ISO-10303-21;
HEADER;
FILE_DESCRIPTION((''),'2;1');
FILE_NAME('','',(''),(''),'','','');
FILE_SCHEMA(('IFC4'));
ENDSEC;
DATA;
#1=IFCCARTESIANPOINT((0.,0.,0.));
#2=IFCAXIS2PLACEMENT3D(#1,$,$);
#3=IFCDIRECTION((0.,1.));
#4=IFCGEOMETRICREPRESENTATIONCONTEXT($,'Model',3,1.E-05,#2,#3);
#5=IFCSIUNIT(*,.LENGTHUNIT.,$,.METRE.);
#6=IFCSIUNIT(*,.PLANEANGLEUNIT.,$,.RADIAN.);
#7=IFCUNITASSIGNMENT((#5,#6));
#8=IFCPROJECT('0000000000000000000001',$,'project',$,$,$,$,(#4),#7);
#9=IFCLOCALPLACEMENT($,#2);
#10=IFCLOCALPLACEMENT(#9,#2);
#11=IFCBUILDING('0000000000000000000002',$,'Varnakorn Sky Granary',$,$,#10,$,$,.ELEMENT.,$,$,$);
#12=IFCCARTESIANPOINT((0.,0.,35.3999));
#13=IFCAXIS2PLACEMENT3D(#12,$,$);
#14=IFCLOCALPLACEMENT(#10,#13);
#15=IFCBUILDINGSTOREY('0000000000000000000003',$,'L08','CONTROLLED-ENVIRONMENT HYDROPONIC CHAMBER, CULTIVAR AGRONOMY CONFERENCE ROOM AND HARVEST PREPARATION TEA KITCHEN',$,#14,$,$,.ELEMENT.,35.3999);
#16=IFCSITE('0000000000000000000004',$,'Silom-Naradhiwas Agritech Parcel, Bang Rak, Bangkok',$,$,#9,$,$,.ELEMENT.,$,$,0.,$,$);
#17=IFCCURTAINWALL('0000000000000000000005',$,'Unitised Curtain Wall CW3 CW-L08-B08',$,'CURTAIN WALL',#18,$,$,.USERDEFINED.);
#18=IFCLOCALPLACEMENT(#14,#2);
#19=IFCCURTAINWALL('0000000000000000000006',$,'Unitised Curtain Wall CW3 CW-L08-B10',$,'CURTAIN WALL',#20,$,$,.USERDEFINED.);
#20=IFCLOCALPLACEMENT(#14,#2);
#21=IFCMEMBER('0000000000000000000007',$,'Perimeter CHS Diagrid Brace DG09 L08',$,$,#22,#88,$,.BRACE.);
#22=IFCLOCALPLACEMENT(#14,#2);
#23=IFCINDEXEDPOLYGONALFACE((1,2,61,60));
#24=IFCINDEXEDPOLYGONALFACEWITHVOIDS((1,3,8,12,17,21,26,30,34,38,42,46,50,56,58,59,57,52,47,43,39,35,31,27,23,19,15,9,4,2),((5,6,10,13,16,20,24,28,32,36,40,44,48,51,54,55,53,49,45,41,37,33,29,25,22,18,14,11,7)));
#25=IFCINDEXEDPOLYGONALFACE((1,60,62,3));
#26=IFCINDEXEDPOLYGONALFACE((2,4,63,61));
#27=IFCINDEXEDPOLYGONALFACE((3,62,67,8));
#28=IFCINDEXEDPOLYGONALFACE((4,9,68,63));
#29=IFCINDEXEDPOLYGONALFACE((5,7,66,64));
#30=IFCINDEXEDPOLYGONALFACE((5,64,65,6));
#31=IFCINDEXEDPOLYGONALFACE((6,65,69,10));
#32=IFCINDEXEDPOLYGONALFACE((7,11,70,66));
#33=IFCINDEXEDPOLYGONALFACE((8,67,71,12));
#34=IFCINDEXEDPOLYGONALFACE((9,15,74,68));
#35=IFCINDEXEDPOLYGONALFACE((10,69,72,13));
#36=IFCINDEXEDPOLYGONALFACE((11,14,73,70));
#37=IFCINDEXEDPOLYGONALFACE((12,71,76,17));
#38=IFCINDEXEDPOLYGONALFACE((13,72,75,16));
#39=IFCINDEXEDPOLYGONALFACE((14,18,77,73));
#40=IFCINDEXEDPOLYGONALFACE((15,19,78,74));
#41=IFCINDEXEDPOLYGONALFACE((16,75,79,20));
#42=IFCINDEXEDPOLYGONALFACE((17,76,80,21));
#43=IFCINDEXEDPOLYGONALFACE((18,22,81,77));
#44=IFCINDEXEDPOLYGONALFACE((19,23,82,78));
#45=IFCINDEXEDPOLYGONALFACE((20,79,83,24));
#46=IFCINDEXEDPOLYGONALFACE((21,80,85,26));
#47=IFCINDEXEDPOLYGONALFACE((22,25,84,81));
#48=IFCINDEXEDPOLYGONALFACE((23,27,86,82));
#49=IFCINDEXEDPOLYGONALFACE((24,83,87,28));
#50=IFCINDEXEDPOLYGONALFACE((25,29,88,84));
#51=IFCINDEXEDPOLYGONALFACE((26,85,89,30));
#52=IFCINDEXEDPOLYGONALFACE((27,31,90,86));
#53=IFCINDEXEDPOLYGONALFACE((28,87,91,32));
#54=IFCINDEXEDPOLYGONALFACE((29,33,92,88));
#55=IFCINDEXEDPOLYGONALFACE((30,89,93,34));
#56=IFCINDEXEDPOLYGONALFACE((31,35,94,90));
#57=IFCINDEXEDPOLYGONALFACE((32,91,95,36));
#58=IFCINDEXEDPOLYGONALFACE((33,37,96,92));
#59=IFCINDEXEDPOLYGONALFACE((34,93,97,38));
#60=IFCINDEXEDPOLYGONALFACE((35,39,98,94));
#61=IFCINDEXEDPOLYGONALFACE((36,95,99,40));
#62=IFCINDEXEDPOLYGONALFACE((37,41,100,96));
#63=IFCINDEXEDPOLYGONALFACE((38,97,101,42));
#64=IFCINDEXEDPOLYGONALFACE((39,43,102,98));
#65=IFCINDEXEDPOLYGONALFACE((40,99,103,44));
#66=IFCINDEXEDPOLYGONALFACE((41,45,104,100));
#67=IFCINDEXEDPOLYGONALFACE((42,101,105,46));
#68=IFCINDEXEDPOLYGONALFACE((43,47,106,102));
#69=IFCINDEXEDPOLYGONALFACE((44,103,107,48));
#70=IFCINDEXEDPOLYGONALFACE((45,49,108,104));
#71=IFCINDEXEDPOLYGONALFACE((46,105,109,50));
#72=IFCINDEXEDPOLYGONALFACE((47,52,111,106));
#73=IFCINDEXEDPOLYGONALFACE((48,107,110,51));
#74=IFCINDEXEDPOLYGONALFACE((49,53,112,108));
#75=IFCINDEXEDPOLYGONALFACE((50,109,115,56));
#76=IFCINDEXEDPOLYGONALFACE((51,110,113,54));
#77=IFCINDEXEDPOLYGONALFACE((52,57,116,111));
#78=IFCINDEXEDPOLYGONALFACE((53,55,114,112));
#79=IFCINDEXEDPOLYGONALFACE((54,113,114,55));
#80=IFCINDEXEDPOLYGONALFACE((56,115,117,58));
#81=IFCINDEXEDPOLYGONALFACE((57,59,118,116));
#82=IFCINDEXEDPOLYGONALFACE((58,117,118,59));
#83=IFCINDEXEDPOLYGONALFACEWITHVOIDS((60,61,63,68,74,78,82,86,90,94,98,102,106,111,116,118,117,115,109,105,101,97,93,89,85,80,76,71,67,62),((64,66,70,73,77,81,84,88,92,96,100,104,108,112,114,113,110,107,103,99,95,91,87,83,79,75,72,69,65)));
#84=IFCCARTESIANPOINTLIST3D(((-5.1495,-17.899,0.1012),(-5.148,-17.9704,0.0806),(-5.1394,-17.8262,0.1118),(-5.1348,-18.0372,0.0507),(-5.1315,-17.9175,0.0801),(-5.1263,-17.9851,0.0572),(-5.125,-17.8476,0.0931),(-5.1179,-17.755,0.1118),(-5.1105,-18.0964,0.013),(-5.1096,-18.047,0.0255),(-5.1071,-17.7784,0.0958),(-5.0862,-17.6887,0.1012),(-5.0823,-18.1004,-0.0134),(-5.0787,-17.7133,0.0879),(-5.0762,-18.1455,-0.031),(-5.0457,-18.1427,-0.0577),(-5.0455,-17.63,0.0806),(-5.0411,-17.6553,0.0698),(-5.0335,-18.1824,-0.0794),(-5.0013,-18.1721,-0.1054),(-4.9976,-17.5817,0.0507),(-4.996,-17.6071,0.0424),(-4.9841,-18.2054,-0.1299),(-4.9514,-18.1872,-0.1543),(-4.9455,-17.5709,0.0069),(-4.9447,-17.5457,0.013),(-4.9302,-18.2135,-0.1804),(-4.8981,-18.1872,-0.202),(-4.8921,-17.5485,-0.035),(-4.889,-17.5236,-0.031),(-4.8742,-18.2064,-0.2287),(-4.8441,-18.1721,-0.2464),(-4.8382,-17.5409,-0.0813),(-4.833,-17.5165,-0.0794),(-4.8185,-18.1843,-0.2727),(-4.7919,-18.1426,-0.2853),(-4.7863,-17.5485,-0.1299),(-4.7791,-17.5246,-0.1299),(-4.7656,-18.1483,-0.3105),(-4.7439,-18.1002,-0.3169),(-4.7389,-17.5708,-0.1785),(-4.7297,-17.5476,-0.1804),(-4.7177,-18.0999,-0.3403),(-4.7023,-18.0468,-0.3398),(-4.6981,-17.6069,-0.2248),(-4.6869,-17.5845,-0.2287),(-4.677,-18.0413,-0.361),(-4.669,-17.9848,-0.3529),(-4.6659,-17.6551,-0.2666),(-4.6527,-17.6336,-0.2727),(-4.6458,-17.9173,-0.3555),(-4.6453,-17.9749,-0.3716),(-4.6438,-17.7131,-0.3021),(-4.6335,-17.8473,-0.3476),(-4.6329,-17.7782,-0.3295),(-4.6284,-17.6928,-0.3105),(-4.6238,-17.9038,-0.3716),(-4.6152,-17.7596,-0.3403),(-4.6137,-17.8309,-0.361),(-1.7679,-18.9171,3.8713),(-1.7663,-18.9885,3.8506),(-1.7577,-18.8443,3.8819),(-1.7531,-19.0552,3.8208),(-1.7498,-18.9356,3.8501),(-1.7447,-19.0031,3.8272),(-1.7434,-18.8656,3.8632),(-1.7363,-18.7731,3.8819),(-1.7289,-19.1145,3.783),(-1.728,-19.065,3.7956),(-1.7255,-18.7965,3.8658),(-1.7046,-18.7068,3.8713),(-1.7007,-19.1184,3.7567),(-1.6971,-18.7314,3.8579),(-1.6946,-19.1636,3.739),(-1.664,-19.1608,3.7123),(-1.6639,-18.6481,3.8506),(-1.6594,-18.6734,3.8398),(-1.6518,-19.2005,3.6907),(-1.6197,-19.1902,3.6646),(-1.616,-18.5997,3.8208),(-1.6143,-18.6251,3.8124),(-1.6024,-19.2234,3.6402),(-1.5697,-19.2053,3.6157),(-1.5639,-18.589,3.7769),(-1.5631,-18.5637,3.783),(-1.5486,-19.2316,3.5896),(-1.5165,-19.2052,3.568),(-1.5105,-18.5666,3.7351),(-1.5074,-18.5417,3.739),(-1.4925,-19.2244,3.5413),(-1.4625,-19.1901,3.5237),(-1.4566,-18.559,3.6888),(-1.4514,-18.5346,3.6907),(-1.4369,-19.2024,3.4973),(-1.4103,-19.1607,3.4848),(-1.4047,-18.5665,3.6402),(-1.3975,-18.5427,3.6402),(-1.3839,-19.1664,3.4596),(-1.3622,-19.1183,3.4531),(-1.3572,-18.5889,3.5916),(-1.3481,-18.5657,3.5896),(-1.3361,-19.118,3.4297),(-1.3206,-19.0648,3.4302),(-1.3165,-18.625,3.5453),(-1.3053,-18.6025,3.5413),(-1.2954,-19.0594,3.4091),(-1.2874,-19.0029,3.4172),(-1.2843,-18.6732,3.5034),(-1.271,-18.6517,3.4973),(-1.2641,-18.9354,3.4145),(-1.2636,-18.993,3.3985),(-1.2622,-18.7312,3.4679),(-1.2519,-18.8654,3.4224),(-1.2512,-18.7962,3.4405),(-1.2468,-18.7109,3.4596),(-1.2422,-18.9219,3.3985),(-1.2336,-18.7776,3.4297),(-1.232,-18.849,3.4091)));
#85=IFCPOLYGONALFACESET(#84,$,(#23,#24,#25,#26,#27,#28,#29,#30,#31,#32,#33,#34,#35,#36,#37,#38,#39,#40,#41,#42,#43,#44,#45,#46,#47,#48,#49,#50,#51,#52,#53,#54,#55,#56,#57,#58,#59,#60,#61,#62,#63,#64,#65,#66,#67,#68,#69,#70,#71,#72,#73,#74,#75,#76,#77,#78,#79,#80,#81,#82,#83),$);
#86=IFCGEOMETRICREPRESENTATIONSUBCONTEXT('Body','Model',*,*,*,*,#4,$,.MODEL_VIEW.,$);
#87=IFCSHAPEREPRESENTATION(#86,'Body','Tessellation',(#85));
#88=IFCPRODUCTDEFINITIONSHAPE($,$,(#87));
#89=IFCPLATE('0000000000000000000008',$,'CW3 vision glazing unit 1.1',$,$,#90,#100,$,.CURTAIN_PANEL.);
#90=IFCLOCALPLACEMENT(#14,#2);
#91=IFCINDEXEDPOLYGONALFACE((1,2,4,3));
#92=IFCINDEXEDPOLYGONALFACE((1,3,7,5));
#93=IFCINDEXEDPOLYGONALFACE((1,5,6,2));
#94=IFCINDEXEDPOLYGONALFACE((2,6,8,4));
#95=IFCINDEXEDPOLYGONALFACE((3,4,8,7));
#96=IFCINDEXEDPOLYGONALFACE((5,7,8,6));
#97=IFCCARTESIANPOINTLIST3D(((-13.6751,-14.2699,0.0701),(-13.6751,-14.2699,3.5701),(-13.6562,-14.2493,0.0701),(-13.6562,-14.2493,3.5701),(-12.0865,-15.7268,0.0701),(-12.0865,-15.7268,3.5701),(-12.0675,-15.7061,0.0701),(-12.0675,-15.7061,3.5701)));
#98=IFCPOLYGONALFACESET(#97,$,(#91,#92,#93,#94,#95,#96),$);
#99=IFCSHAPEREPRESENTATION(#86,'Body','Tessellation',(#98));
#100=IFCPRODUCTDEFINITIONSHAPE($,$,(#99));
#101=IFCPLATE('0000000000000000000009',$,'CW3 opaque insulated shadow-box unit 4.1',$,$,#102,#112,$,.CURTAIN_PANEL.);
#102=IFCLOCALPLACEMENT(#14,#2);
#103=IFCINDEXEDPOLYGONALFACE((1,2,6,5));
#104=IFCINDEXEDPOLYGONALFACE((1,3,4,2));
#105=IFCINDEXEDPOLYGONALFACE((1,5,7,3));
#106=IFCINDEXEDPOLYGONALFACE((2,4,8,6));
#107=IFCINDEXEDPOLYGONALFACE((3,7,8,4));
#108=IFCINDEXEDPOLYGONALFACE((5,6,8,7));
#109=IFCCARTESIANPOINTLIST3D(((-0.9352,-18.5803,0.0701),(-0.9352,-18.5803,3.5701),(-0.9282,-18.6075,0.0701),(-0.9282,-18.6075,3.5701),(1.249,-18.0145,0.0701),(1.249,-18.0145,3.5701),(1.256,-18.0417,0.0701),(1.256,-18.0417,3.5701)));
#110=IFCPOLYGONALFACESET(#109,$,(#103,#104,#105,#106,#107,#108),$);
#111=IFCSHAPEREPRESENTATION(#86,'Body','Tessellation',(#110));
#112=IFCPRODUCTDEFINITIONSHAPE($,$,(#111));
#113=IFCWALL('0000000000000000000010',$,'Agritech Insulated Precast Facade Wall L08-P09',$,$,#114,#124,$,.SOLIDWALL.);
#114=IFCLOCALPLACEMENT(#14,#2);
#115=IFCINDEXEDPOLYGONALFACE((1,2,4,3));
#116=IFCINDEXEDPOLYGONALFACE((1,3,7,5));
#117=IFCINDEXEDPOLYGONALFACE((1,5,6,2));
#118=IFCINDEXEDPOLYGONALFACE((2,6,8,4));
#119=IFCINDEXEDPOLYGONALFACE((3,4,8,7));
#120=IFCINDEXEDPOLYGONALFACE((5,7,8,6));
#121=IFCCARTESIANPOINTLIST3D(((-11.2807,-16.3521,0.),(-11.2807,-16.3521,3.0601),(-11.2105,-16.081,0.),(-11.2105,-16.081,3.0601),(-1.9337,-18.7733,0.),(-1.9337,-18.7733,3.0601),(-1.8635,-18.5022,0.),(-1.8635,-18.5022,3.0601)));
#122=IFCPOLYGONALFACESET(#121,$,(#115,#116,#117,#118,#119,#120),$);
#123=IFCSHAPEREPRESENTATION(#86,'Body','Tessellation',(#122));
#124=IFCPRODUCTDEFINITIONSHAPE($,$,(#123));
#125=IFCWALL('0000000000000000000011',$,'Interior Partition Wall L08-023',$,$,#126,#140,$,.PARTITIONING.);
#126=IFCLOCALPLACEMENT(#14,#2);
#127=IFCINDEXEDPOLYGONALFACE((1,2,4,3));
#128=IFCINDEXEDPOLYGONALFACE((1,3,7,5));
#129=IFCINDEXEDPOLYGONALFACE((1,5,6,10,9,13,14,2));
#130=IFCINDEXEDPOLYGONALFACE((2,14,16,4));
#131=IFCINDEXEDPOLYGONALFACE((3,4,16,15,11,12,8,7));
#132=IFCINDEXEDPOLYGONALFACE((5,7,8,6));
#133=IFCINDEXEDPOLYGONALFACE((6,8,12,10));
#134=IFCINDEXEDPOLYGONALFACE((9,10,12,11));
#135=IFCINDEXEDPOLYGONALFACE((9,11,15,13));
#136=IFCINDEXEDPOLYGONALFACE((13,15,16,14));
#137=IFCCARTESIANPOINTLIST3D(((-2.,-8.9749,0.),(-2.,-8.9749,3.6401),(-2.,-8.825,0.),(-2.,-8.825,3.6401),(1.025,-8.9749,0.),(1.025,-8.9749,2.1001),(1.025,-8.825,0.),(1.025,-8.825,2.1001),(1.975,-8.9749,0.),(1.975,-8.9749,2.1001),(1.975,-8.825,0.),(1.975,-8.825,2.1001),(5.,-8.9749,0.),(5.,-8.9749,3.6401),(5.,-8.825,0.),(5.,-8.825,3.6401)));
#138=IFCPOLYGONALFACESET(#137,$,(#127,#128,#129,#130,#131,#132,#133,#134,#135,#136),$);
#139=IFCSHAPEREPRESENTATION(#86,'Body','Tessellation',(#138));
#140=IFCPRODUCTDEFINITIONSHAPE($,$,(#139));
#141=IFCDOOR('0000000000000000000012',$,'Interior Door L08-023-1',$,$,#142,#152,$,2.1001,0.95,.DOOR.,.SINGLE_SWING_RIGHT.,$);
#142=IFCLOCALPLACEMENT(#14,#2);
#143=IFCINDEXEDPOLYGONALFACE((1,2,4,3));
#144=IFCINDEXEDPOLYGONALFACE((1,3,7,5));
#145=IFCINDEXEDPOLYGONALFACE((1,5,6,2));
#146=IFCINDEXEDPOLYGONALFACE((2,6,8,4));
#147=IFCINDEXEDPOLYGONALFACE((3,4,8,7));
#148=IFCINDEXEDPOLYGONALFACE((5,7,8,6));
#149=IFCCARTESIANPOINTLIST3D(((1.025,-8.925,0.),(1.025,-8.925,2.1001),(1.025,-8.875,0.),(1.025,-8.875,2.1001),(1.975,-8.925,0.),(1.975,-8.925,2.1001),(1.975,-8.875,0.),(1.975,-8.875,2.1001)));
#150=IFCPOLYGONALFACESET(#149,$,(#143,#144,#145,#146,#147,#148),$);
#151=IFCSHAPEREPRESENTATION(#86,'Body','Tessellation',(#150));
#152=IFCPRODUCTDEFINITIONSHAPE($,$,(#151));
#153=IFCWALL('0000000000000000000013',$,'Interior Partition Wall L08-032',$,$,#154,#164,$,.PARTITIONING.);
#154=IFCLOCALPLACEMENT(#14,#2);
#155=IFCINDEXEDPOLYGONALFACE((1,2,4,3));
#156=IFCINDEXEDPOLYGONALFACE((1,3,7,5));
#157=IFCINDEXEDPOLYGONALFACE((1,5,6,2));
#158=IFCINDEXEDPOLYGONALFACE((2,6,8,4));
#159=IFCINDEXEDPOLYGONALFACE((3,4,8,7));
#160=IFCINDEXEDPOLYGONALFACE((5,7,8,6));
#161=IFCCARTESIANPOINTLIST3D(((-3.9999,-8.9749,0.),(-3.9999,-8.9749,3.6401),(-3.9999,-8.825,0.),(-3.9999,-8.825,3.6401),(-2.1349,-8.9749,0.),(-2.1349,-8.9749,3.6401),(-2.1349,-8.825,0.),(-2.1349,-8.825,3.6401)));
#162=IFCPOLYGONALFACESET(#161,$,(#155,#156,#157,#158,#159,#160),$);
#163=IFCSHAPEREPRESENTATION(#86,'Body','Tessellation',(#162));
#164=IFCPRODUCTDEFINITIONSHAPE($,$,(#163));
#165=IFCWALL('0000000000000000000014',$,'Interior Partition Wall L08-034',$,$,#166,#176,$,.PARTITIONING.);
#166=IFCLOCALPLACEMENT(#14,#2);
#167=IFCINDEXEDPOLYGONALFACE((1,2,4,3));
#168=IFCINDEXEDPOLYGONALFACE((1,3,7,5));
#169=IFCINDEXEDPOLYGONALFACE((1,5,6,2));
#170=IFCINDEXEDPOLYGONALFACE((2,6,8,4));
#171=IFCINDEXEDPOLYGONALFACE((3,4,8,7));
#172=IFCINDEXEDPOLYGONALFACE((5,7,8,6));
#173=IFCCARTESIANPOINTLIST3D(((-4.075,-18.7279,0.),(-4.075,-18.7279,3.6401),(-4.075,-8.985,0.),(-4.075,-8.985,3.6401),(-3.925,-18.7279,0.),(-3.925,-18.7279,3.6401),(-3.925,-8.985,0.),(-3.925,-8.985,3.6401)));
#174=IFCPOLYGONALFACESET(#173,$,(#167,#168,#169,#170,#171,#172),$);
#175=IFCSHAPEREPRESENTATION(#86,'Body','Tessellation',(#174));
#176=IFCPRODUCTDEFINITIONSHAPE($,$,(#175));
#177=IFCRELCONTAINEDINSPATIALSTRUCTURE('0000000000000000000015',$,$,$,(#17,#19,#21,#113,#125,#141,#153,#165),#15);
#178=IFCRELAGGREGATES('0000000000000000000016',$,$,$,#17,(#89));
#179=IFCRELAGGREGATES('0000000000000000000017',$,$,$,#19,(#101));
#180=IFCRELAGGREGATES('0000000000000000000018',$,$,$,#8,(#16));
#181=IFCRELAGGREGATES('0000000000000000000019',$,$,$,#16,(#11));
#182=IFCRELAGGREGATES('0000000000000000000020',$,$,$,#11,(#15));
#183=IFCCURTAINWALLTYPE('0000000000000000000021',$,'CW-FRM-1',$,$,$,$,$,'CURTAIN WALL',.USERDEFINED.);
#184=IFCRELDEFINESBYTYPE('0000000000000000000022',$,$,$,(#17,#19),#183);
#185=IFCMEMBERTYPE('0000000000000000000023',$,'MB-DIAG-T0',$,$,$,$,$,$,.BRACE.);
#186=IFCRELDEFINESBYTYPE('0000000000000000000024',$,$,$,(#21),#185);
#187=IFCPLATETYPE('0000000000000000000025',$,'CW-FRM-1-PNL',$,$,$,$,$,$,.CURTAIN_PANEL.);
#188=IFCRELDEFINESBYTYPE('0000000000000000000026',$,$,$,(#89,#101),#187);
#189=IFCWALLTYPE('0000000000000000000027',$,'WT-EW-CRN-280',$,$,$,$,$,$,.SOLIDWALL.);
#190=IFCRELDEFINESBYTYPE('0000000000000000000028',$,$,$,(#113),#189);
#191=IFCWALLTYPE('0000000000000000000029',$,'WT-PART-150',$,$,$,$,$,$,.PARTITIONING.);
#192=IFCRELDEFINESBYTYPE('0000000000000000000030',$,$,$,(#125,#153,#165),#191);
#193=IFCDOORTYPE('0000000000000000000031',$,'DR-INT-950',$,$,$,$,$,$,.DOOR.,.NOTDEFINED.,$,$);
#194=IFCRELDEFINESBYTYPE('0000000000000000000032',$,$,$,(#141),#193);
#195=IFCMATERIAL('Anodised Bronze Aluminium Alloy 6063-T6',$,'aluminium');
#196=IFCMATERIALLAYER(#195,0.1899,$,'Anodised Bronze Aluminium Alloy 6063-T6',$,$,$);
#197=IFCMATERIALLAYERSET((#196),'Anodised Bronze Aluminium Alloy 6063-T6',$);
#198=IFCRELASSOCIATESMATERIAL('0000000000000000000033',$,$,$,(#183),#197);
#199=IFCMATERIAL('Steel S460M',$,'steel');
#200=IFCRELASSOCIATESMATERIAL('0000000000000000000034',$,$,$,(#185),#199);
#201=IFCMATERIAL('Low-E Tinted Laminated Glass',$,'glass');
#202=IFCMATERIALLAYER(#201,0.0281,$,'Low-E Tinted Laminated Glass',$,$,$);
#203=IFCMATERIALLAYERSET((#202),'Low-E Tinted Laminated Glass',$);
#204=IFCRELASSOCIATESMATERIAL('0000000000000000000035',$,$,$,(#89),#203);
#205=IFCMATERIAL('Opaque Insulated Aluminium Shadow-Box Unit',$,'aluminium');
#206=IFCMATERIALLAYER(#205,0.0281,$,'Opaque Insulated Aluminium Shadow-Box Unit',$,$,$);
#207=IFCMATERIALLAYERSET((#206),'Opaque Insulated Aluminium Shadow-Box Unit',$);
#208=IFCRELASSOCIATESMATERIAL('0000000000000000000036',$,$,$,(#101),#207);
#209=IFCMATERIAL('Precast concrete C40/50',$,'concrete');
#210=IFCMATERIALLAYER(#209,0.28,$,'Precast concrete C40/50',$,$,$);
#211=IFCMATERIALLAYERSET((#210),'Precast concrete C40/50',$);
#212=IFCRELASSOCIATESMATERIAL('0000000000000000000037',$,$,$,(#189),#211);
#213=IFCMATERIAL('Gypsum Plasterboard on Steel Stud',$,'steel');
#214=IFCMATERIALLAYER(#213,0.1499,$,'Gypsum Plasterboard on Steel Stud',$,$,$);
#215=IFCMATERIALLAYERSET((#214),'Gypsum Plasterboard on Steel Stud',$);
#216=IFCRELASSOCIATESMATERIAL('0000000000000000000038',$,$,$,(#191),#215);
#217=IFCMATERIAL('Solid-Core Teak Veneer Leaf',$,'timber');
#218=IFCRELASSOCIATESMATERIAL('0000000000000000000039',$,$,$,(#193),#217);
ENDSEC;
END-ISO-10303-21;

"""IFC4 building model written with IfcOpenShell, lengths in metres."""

from ifc_helpers import new_model, si_unit, direction, frame, frame_2d, origin, origin_2d, place, context, subcontext, project, spatial, rectangle, hollow_circle, extrude, source, transform, mapped, material, layer, layer_set, material_profile, profile_set, type_object, type_shapes, element, fill, aggregate, save


model = new_model("IFC4")

# Units and contexts
model_context = context("Model", 3, precision=1e-05, world=origin(), true_north=direction((0.0, 1.0)))
body_context = subcontext(model_context, "Body", "Model", "MODEL_VIEW")
ifc_project = project(units=[si_unit("LENGTHUNIT", "METRE"), si_unit("PLANEANGLEUNIT", "RADIAN")], contexts=[model_context])

# Site, building, storey
site_placement = place(None, origin())
site = spatial("IfcSite", under=ifc_project, at=site_placement, Name="Silom-Naradhiwas Agritech Parcel, Bang Rak, Bangkok", CompositionType="ELEMENT", RefElevation=0.0)
building_placement = place(site_placement, origin())
building = spatial("IfcBuilding", under=site, at=building_placement, Name="Varnakorn Sky Granary", CompositionType="ELEMENT")
storey_placement = place(building_placement, frame((0.0, 0.0, 35.3999)))
storey = spatial("IfcBuildingStorey", under=building, at=storey_placement, Name="L08", Description="CONTROLLED-ENVIRONMENT HYDROPONIC CHAMBER, CULTIVAR AGRONOMY CONFERENCE ROOM AND HARVEST PREPARATION TEA KITCHEN", CompositionType="ELEMENT", Elevation=35.3999)

# Shared definitions
ifc_material_1 = material(Name="Steel S460M", Category="steel")

# Curtain wall
ifc_material_2 = material(Name="Anodised Bronze Aluminium Alloy 6063-T6", Category="aluminium")
ifc_layer_1 = layer(ifc_material_2, 0.1899, Name="Anodised Bronze Aluminium Alloy 6063-T6")
ifc_layer_set_1 = layer_set([ifc_layer_1], Name="Anodised Bronze Aluminium Alloy 6063-T6")
curtain_wall_type = type_object("IfcCurtainWallType", Name="CW-FRM-1", ElementType="CURTAIN WALL", PredefinedType="USERDEFINED", material=ifc_layer_set_1)
curtain_wall_1_placement = place(storey_placement, origin())
curtain_wall_1 = element("IfcCurtainWall", 1, at=curtain_wall_1_placement, inside=storey, type_object=curtain_wall_type, Name="Unitised Curtain Wall CW3 CW-L08-B08", ObjectType="CURTAIN WALL", PredefinedType="USERDEFINED")

# Curtain wall
curtain_wall_2_placement = place(storey_placement, origin())
curtain_wall_2 = element("IfcCurtainWall", 2, at=curtain_wall_2_placement, inside=storey, type_object=curtain_wall_type, Name="Unitised Curtain Wall CW3 CW-L08-B10", ObjectType="CURTAIN WALL", PredefinedType="USERDEFINED")

# Member
ifc_material_profile_1 = material_profile(ifc_material_1, hollow_circle(Radius=0.3555, WallThickness=0.0249, at=origin_2d()), Name="CHS 711x25")
ifc_profile_set_1 = profile_set([ifc_material_profile_1], Name="Steel S460M")
member_type_1 = type_object("IfcMemberType", Name="MB-DIAG-T0", PredefinedType="BRACE", material=ifc_profile_set_1)
member_1_placement = place(storey_placement, frame((-4.8816, -17.865, -0.1299), z_axis=(0.654622, -0.197081, 0.729815), x_axis=(0.28828, 0.957546, 0.0)))
element("IfcMember", 3, at=member_1_placement, inside=storey, type_object=member_type_1, Name="Perimeter CHS Diagrid Brace DG09 L08", PredefinedType="BRACE", context=body_context, shape_type="SweptSolid", body=[
    extrude(hollow_circle(Radius=0.3555, WallThickness=0.0249, at=origin_2d()), origin(), (0.0, 0.0, 1.0), 5.1658),
])

# Plates
ifc_material_3 = material(Name="Low-E Tinted Laminated Glass", Category="glass")
ifc_layer_2 = layer(ifc_material_3, 0.0281, Name="Low-E Tinted Laminated Glass")
ifc_layer_set_2 = layer_set([ifc_layer_2], Name="Low-E Tinted Laminated Glass")
plate_type = type_object("IfcPlateType", Name="CW-FRM-1-PNL", PredefinedType="CURTAIN_PANEL")
shared_shape_1 = source(origin(), body_context, "Body", "SweptSolid", [
    extrude(rectangle(XDim=2.1555, YDim=0.0281, at=origin_2d()), origin(), (0.0, 0.0, 1.0), 3.5),
])
plate_1_placement = place(storey_placement, frame((-12.8713, -14.988, 0.0701), z_axis=(0.0, 0.0, 1.0), x_axis=(-0.737013, 0.675878, 0.0)))
plate_1 = element("IfcPlate", 4, at=plate_1_placement, type_object=plate_type, material=ifc_layer_set_2, Name="CW3 vision glazing unit 1.1", PredefinedType="CURTAIN_PANEL", context=body_context, shape_type="MappedRepresentation", body=[
    mapped(shared_shape_1, transform((0.0, 0.0, 0.0), x_axis=(1.0, 0.0, 0.0), y_axis=(0.0, 1.0, 0.0), z_axis=(0.0, 0.0, 1.0), scale=1.0)),
])
aggregate(curtain_wall_1, [plate_1])
ifc_material_4 = material(Name="Opaque Insulated Aluminium Shadow-Box Unit", Category="aluminium")
ifc_layer_3 = layer(ifc_material_4, 0.0281, Name="Opaque Insulated Aluminium Shadow-Box Unit")
ifc_layer_set_3 = layer_set([ifc_layer_3], Name="Opaque Insulated Aluminium Shadow-Box Unit")
shared_shape_2 = source(origin(), body_context, "Body", "SweptSolid", [
    extrude(rectangle(XDim=2.2563, YDim=0.0281, at=origin_2d()), origin(), (0.0, 0.0, 1.0), 3.5),
])
type_shapes(plate_type, [shared_shape_1, shared_shape_2])
plate_2_placement = place(storey_placement, frame((0.1604, -18.311, 0.0701), z_axis=(0.0, 0.0, 1.0), x_axis=(-0.968049, -0.25076, 0.0)))
plate_2 = element("IfcPlate", 5, at=plate_2_placement, type_object=plate_type, material=ifc_layer_set_3, Name="CW3 opaque insulated shadow-box unit 4.1", PredefinedType="CURTAIN_PANEL", context=body_context, shape_type="MappedRepresentation", body=[
    mapped(shared_shape_2, transform((0.0, 0.0, 0.0), x_axis=(1.0, 0.0, 0.0), y_axis=(0.0, 1.0, 0.0), z_axis=(0.0, 0.0, 1.0), scale=1.0)),
])
aggregate(curtain_wall_2, [plate_2])

# Wall
ifc_material_5 = material(Name="Precast concrete C40/50", Category="concrete")
ifc_layer_4 = layer(ifc_material_5, 0.28, Name="Precast concrete C40/50")
ifc_layer_set_4 = layer_set([ifc_layer_4], Name="Precast concrete C40/50")
wall_type_1 = type_object("IfcWallType", Name="WT-EW-CRN-280", PredefinedType="SOLIDWALL", material=ifc_layer_set_4)
wall_1_placement = place(storey_placement, frame((-1.8987, -18.6377, 0.0), z_axis=(0.0, 0.0, 1.0), x_axis=(-0.968051, 0.250755, 0.0)))
element("IfcWall", 6, at=wall_1_placement, inside=storey, type_object=wall_type_1, Name="Agritech Insulated Precast Facade Wall L08-P09", PredefinedType="SOLIDWALL", context=body_context, shape_type="SweptSolid", body=[
    extrude(rectangle(XDim=9.6555, YDim=0.28, at=frame_2d((4.8276, 0.0))), origin(), (0.0, 0.0, 1.0), 3.0601),
])

# Wall, opening, door
ifc_material_6 = material(Name="Gypsum Plasterboard on Steel Stud", Category="steel")
ifc_layer_5 = layer(ifc_material_6, 0.1499, Name="Gypsum Plasterboard on Steel Stud")
ifc_layer_set_5 = layer_set([ifc_layer_5], Name="Gypsum Plasterboard on Steel Stud")
wall_type_2 = type_object("IfcWallType", Name="WT-PART-150", PredefinedType="PARTITIONING", material=ifc_layer_set_5)
wall_2_placement = place(storey_placement, frame((-2.0, -8.8999, 0.0), z_axis=(0.0, 0.0, 1.0), x_axis=(1.0, 0.0, 0.0)))
wall_2 = element("IfcWall", 7, at=wall_2_placement, inside=storey, type_object=wall_type_2, Name="Interior Partition Wall L08-023", PredefinedType="PARTITIONING", context=body_context, shape_type="SweptSolid", body=[
    extrude(rectangle(XDim=7.0, YDim=0.1499, at=frame_2d((3.5, 0.0))), origin(), (0.0, 0.0, 1.0), 3.6401),
])
opening_placement = place(wall_2_placement, frame((3.0249, 0.0, 0.0)))
opening = element("IfcOpeningElement", 8, at=opening_placement, cuts=wall_2, PredefinedType="OPENING", context=body_context, shape_type="SweptSolid", body=[
    extrude(rectangle(XDim=0.95, YDim=2.1001, at=frame_2d((0.4751, 1.05))), frame((0.0, 0.085, 0.0), z_axis=(0.0, -1.0, 0.0), x_axis=(1.0, 0.0, 0.0)), (0.0, 0.0, 1.0), 0.1699),
])
ifc_material_7 = material(Name="Solid-Core Teak Veneer Leaf", Category="timber")
door_type = type_object("IfcDoorType", Name="DR-INT-950", OperationType="NOTDEFINED", PredefinedType="DOOR", material=ifc_material_7)
door_placement = place(opening_placement, origin())
door = element("IfcDoor", 9, at=door_placement, inside=storey, type_object=door_type, Name="Interior Door L08-023-1", OperationType="SINGLE_SWING_RIGHT", OverallHeight=2.1001, OverallWidth=0.95, PredefinedType="DOOR", context=body_context, shape_type="SweptSolid", body=[
    extrude(rectangle(XDim=0.95, YDim=2.1001, at=frame_2d((0.4751, 1.05))), frame((0.0, 0.0249, 0.0), z_axis=(0.0, -1.0, 0.0), x_axis=(1.0, 0.0, 0.0)), (0.0, 0.0, 1.0), 0.05),
])
fill(opening, door)

# Walls
wall_3_placement = place(storey_placement, frame((-4.0, -8.8999, 0.0), z_axis=(0.0, 0.0, 1.0), x_axis=(1.0, 0.0, 0.0)))
element("IfcWall", 10, at=wall_3_placement, inside=storey, type_object=wall_type_2, Name="Interior Partition Wall L08-032", PredefinedType="PARTITIONING", context=body_context, shape_type="SweptSolid", body=[
    extrude(rectangle(XDim=1.865, YDim=0.1499, at=frame_2d((0.9326, 0.0))), origin(), (0.0, 0.0, 1.0), 3.6401),
])
wall_4_placement = place(storey_placement, frame((-4.0, -18.728, 0.0), z_axis=(0.0, 0.0, 1.0), x_axis=(0.0, 1.0, 0.0)))
element("IfcWall", 11, at=wall_4_placement, inside=storey, type_object=wall_type_2, Name="Interior Partition Wall L08-034", PredefinedType="PARTITIONING", context=body_context, shape_type="SweptSolid", body=[
    extrude(rectangle(XDim=9.7429, YDim=0.1499, at=frame_2d((4.8716, 0.0))), origin(), (0.0, 0.0, 1.0), 3.6401),
])

save(model, "model.ifc")
